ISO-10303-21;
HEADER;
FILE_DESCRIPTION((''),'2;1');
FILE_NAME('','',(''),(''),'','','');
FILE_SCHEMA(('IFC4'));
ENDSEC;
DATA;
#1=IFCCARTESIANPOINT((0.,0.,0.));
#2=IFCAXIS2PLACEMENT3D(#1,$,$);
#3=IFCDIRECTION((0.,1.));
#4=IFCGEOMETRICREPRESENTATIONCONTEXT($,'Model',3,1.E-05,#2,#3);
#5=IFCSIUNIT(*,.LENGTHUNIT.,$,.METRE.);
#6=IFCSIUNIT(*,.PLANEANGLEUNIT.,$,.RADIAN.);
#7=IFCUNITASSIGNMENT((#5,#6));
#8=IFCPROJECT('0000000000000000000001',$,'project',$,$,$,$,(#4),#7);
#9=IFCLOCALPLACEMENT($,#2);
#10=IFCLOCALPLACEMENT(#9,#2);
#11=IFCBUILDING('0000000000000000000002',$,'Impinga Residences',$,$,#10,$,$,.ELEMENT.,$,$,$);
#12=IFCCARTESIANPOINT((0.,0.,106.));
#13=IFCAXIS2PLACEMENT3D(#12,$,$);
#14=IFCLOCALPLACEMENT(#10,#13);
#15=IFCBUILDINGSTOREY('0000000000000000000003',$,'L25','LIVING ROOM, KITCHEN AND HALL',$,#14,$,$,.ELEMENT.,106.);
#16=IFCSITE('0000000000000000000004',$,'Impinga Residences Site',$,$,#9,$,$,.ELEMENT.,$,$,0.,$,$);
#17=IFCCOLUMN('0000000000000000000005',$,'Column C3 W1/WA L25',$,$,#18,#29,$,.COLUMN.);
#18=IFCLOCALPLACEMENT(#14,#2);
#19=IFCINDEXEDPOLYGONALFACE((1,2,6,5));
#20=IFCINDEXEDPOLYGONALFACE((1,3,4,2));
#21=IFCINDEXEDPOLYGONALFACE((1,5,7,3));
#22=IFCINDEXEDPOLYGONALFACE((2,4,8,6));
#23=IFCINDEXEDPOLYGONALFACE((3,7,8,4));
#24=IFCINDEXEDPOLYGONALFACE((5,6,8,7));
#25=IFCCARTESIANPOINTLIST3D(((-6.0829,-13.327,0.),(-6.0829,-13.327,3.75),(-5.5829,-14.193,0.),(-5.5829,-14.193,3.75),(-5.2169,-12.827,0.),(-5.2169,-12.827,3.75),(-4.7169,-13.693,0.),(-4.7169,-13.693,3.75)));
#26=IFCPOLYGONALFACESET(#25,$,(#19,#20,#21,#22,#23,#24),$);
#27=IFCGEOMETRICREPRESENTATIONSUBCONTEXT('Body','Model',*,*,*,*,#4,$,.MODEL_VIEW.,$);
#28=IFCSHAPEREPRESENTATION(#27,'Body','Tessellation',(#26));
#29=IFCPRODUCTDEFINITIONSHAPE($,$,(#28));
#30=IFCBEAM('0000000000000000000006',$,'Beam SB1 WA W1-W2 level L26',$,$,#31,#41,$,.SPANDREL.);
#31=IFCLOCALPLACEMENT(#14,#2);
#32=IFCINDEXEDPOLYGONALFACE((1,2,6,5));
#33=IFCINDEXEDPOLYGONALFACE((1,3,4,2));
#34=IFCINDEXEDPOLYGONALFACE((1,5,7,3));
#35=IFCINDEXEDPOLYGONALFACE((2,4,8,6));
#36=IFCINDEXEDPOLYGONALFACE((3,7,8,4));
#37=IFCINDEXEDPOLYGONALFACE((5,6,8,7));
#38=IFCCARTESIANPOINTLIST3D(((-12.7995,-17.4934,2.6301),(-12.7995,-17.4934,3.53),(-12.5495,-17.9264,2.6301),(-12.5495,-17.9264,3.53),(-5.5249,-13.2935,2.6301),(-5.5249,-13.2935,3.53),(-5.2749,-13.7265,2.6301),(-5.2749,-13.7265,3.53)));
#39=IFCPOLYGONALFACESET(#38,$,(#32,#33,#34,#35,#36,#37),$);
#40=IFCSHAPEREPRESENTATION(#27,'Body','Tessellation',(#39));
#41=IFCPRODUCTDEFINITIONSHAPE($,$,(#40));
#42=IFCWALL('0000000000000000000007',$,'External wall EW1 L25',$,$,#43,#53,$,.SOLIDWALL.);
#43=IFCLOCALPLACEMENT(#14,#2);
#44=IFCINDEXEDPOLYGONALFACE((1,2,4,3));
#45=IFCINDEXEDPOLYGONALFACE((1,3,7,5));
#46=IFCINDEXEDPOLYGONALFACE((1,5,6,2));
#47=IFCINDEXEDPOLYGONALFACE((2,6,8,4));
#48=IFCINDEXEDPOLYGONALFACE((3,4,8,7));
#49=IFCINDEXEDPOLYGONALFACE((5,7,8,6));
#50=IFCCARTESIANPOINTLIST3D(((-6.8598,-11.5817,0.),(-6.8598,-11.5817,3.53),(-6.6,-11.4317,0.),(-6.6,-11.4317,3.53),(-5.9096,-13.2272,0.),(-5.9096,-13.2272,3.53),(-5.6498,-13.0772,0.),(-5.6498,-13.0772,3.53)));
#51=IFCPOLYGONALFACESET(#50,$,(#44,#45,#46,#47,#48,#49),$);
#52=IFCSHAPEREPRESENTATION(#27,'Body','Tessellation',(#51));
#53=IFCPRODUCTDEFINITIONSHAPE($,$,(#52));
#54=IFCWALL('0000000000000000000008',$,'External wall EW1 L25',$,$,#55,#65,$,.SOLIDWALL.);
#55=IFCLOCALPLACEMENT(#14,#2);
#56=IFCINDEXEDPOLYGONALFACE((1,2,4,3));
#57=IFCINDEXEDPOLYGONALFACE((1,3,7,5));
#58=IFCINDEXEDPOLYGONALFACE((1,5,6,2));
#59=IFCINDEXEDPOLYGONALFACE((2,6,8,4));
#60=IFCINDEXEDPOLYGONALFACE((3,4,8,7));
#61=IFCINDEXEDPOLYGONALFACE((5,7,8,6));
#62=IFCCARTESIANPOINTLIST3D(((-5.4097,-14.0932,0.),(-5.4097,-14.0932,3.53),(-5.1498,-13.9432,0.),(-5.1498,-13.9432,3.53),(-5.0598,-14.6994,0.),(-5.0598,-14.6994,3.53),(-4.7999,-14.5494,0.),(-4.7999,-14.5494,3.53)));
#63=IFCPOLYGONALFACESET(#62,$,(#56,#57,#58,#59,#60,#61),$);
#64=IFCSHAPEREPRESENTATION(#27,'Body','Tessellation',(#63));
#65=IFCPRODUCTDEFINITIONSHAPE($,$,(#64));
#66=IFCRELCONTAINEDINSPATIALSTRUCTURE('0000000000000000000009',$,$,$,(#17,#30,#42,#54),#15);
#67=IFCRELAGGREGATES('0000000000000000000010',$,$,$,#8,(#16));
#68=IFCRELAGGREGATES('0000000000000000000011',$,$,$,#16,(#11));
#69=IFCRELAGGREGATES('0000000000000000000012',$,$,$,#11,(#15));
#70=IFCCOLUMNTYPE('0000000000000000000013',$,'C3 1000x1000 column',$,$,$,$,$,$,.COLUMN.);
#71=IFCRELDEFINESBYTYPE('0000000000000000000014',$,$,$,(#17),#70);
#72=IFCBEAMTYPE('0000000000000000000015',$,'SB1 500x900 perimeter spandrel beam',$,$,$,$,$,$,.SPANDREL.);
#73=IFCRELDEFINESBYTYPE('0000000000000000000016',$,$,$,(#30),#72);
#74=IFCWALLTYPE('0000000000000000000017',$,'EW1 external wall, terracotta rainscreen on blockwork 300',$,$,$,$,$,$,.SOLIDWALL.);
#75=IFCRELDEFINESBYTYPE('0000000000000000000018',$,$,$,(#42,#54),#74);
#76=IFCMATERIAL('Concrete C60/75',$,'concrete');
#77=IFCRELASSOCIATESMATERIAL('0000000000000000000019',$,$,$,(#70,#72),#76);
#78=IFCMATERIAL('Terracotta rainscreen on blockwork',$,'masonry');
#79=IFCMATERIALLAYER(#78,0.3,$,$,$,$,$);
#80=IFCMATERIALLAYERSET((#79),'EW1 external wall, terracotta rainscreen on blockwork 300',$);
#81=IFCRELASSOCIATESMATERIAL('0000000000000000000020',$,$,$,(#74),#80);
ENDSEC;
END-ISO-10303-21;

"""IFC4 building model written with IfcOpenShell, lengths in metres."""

from ifc_helpers import new_model, si_unit, direction, frame, frame_2d, origin, origin_2d, place, context, subcontext, project, spatial, rectangle, extrude, material, layer, layer_set, material_profile, profile_set, type_object, element, save


model = new_model("IFC4")

# Units and contexts
model_context = context("Model", 3, precision=1e-05, world=origin(), true_north=direction((0.0, 1.0)))
body_context = subcontext(model_context, "Body", "Model", "MODEL_VIEW")
ifc_project = project(units=[si_unit("LENGTHUNIT", "METRE"), si_unit("PLANEANGLEUNIT", "RADIAN")], contexts=[model_context])

# Site, building, storey
site_placement = place(None, origin())
site = spatial("IfcSite", under=ifc_project, at=site_placement, Name="Impinga Residences Site", CompositionType="ELEMENT", RefElevation=0.0)
building_placement = place(site_placement, origin())
building = spatial("IfcBuilding", under=site, at=building_placement, Name="Impinga Residences", CompositionType="ELEMENT")
storey_placement = place(building_placement, frame((0.0, 0.0, 106.0)))
storey = spatial("IfcBuildingStorey", under=building, at=storey_placement, Name="L25", Description="LIVING ROOM, KITCHEN AND HALL", CompositionType="ELEMENT", Elevation=106.0)

# Column
ifc_material_1 = material(Name="Concrete C60/75", Category="concrete")
ifc_material_profile_1 = material_profile(ifc_material_1, rectangle(XDim=1.0, YDim=1.0, at=origin_2d()), Name="RC 1000x1000")
ifc_profile_set_1 = profile_set([ifc_material_profile_1], Name="Concrete C60/75")
column_type = type_object("IfcColumnType", Name="C3 1000x1000 column", PredefinedType="COLUMN", material=ifc_profile_set_1)
column_placement = place(storey_placement, frame((-5.3999, -13.51, 0.0), z_axis=(0.0, 0.0, 1.0), x_axis=(-0.5, 0.866025, 0.0)))
element("IfcColumn", 1, at=column_placement, inside=storey, type_object=column_type, Name="Column C3 W1/WA L25", PredefinedType="COLUMN", context=body_context, shape_type="SweptSolid", body=[
    extrude(rectangle(XDim=1.0, YDim=1.0, at=origin_2d()), origin(), (0.0, 0.0, 1.0), 3.75),
])

# Beam
ifc_material_profile_2 = material_profile(ifc_material_1, rectangle(XDim=0.5, YDim=0.8999, at=origin_2d()), Name="RC 500x900")
ifc_profile_set_2 = profile_set([ifc_material_profile_2], Name="Concrete C60/75")
beam_type = type_object("IfcBeamType", Name="SB1 500x900 perimeter spandrel beam", PredefinedType="SPANDREL", material=ifc_profile_set_2)
beam_placement = place(storey_placement, frame((-5.3999, -13.51, 3.0801), z_axis=(-0.866029, -0.499993, 0.0), x_axis=(0.499993, -0.866029, 0.0)))
element("IfcBeam", 2, at=beam_placement, inside=storey, type_object=beam_type, Name="Beam SB1 WA W1-W2 level L26", PredefinedType="SPANDREL", context=body_context, shape_type="SweptSolid", body=[
    extrude(rectangle(XDim=0.5, YDim=0.8999, at=origin_2d()), origin(), (0.0, 0.0, 1.0), 8.3999),
])

# Walls
ifc_material_2 = material(Name="Terracotta rainscreen on blockwork", Category="masonry")
ifc_layer_1 = layer(ifc_material_2, 0.3)
ifc_layer_set_1 = layer_set([ifc_layer_1], Name="EW1 external wall, terracotta rainscreen on blockwork 300")
wall_type_1 = type_object("IfcWallType", Name="EW1 external wall, terracotta rainscreen on blockwork 300", PredefinedType="SOLIDWALL", material=ifc_layer_set_1)
wall_1_placement = place(storey_placement, frame((-6.73, -11.5066, 0.0), z_axis=(0.0, 0.0, 1.0), x_axis=(0.500064, -0.865989, 0.0)))
element("IfcWall", 3, at=wall_1_placement, inside=storey, type_object=wall_type_1, Name="External wall EW1 L25", PredefinedType="SOLIDWALL", context=body_context, shape_type="SweptSolid", body=[
    extrude(rectangle(XDim=1.9001, YDim=0.3, at=frame_2d((0.9502, 0.0))), origin(), (0.0, 0.0, 1.0), 3.53),
])
wall_2_placement = place(storey_placement, frame((-5.2798, -14.0181, 0.0), z_axis=(0.0, 0.0, 1.0), x_axis=(0.499853, -0.86611, 0.0)))
element("IfcWall", 4, at=wall_2_placement, inside=storey, type_object=wall_type_1, Name="External wall EW1 L25", PredefinedType="SOLIDWALL", context=body_context, shape_type="SweptSolid", body=[
    extrude(rectangle(XDim=0.7, YDim=0.3, at=frame_2d((0.3501, 0.0))), origin(), (0.0, 0.0, 1.0), 3.53),
])

save(model, "model.ifc")
